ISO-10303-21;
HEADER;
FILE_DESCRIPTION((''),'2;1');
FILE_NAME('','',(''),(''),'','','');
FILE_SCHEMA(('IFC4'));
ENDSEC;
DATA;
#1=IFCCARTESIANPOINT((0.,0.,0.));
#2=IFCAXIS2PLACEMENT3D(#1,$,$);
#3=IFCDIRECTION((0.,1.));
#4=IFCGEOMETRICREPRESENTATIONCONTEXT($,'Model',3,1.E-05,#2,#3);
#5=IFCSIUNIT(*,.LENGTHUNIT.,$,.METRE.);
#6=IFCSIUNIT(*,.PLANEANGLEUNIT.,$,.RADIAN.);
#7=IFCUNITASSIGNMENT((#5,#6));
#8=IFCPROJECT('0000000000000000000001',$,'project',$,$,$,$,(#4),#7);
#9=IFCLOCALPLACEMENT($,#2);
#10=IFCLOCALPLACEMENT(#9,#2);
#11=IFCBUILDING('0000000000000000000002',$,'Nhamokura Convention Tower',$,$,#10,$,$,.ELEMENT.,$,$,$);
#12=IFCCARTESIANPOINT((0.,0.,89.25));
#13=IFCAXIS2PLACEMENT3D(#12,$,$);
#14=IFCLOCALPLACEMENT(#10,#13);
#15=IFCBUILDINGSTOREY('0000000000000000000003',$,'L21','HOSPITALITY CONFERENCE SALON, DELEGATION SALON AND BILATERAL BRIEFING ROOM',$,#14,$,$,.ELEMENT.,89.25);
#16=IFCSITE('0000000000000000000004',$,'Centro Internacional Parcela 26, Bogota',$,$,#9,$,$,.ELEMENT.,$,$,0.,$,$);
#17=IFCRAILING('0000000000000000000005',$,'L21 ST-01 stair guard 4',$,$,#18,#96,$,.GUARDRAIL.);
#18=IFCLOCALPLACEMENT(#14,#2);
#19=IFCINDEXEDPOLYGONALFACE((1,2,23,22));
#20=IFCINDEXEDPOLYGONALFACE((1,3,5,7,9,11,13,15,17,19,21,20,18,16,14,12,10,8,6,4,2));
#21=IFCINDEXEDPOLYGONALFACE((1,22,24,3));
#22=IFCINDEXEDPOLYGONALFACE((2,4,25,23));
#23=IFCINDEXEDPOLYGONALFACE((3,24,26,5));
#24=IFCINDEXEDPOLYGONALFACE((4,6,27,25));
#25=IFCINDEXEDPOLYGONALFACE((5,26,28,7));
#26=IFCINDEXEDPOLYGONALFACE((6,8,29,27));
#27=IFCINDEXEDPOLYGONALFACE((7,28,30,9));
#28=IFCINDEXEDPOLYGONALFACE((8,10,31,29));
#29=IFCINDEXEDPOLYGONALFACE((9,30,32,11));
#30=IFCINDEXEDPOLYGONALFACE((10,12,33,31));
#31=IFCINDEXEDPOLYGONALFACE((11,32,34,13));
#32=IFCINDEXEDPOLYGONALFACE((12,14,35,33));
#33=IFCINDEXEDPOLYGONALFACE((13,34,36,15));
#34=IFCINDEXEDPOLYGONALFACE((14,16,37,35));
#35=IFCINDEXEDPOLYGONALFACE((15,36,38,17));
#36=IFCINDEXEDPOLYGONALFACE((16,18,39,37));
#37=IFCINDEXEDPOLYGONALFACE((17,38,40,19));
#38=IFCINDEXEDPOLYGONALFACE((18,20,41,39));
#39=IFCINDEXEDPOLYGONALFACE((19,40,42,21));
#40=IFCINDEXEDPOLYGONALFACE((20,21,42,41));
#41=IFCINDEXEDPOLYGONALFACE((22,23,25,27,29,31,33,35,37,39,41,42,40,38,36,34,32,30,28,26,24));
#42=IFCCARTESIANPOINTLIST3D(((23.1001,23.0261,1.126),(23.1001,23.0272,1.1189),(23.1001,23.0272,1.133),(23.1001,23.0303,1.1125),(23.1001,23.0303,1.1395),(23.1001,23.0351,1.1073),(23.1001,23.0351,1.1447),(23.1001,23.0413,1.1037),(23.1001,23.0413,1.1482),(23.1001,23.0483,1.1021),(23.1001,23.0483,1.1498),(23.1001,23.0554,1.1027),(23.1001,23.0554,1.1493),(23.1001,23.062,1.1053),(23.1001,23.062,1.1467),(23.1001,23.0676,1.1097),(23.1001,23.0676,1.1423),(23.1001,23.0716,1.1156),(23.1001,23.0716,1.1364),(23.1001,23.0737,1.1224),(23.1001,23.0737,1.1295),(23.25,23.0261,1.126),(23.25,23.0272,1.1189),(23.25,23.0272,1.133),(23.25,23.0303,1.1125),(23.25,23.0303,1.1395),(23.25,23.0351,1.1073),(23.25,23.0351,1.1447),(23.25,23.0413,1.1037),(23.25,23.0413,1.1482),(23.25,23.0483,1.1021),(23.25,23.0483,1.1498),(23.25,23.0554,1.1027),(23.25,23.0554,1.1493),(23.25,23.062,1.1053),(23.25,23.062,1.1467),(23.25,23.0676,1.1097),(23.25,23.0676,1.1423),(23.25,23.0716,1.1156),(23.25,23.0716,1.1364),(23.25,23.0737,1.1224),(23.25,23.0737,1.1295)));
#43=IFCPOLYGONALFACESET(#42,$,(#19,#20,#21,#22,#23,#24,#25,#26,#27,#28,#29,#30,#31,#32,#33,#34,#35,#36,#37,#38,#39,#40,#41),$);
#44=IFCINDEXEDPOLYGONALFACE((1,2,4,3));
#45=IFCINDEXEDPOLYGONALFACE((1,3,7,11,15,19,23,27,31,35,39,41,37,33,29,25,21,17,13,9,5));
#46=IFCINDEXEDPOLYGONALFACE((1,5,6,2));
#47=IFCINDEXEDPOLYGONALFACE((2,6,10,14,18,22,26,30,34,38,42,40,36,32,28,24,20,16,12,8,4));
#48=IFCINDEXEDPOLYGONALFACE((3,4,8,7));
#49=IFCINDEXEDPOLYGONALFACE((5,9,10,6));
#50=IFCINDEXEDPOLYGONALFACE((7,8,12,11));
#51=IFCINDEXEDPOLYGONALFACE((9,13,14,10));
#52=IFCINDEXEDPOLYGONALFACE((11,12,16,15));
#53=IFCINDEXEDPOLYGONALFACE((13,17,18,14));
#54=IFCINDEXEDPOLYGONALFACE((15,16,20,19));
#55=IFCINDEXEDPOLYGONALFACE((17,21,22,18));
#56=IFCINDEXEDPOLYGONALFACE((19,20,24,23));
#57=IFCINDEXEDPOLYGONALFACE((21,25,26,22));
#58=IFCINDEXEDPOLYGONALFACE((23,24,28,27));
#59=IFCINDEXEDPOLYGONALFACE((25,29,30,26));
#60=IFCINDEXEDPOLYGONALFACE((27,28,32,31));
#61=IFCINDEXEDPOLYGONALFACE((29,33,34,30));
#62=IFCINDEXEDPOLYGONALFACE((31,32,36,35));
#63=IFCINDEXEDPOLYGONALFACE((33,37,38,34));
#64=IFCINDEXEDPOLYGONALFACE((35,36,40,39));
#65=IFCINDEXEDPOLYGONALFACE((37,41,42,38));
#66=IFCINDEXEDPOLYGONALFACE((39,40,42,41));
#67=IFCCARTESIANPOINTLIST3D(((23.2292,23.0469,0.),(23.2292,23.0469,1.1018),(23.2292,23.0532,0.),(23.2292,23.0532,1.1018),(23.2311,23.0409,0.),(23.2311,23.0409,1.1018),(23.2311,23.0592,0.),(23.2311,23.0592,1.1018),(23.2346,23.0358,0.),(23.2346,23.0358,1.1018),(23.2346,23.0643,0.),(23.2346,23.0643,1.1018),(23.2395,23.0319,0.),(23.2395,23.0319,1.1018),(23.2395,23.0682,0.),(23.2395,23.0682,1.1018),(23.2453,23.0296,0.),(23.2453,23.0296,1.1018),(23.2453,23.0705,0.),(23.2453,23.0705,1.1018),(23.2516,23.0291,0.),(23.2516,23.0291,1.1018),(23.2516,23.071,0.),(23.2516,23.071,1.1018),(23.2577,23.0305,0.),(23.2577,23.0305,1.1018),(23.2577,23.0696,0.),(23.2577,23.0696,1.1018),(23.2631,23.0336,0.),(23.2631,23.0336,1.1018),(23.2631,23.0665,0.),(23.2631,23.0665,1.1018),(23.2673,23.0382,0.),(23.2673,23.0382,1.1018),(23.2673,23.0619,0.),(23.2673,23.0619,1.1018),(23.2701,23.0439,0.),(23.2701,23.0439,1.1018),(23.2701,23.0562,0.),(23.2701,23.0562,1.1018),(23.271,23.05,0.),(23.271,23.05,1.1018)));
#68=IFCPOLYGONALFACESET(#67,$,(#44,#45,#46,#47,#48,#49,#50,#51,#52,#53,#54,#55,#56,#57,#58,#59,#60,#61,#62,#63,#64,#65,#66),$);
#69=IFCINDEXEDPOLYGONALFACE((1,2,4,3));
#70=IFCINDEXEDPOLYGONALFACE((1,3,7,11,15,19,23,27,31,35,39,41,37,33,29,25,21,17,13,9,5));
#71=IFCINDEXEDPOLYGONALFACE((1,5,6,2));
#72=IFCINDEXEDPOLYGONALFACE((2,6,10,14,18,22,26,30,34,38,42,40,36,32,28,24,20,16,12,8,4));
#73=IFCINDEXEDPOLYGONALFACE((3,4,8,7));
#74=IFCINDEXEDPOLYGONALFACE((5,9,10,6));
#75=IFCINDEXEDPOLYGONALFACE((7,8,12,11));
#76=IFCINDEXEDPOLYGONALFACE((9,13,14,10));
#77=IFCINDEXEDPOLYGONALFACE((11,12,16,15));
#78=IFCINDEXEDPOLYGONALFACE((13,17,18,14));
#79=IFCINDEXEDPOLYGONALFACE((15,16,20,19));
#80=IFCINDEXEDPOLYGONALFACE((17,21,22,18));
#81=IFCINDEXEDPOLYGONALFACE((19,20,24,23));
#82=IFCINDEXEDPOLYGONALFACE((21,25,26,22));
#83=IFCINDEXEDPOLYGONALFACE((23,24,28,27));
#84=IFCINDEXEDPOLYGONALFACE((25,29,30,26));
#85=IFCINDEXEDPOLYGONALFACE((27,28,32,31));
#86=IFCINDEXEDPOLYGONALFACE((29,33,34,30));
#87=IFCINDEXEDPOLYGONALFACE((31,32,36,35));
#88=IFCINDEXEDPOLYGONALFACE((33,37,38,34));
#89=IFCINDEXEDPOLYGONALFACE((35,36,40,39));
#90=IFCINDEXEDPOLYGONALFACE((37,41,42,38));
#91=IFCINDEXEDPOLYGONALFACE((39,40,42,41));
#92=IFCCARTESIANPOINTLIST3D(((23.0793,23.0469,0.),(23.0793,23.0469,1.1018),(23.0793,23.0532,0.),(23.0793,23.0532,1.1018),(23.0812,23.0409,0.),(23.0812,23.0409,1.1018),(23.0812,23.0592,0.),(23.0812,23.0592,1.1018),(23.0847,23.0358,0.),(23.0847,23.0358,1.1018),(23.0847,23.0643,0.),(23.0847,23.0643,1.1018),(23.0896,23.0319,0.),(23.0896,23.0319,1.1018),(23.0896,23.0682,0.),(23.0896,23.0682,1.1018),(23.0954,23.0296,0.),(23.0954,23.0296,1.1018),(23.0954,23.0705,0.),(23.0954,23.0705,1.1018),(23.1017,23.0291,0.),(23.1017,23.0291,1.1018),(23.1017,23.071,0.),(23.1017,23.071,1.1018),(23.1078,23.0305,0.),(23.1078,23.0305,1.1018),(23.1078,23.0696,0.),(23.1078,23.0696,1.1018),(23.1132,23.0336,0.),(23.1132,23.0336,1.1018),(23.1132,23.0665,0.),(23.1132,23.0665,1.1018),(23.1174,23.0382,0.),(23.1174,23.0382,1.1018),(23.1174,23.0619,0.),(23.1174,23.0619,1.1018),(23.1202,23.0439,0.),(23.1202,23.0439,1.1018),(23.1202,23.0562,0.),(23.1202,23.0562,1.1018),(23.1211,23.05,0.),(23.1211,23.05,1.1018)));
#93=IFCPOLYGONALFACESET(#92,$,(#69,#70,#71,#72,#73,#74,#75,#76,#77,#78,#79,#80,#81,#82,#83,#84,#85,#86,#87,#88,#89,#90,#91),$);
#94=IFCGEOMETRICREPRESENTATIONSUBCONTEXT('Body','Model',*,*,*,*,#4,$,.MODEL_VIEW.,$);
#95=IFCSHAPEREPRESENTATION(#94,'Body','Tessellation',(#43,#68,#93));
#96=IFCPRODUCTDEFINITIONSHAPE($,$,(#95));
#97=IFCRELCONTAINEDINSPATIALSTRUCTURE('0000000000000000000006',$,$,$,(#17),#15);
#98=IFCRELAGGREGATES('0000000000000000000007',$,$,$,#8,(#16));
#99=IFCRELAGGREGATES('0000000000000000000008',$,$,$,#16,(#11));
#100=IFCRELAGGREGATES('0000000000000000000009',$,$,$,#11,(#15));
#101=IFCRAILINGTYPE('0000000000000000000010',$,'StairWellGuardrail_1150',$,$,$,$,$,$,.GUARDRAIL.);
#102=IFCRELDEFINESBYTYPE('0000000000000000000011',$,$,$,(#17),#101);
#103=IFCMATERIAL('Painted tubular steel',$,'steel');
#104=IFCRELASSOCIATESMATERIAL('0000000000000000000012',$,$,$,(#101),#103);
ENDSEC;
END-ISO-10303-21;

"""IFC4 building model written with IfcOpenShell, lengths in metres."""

from ifc_helpers import new_model, si_unit, direction, frame, origin, origin_2d, place, context, subcontext, project, spatial, circle, extrude, material, type_object, element, save


model = new_model("IFC4")

# Units and contexts
model_context = context("Model", 3, precision=1e-05, world=origin(), true_north=direction((0.0, 1.0)))
body_context = subcontext(model_context, "Body", "Model", "MODEL_VIEW")
ifc_project = project(units=[si_unit("LENGTHUNIT", "METRE"), si_unit("PLANEANGLEUNIT", "RADIAN")], contexts=[model_context])

# Site, building, storey
site_placement = place(None, origin())
site = spatial("IfcSite", under=ifc_project, at=site_placement, Name="Centro Internacional Parcela 26, Bogota", CompositionType="ELEMENT", RefElevation=0.0)
building_placement = place(site_placement, origin())
building = spatial("IfcBuilding", under=site, at=building_placement, Name="Nhamokura Convention Tower", CompositionType="ELEMENT")
storey_placement = place(building_placement, frame((0.0, 0.0, 89.25)))
storey = spatial("IfcBuildingStorey", under=building, at=storey_placement, Name="L21", Description="HOSPITALITY CONFERENCE SALON, DELEGATION SALON AND BILATERAL BRIEFING ROOM", CompositionType="ELEMENT", Elevation=89.25)

# Railing
ifc_material_1 = material(Name="Painted tubular steel", Category="steel")
railing_type_1 = type_object("IfcRailingType", Name="StairWellGuardrail_1150", PredefinedType="GUARDRAIL", material=ifc_material_1)
railing_1_placement = place(storey_placement, frame((23.25, 23.05, 0.0)))
element("IfcRailing", 1, at=railing_1_placement, inside=storey, type_object=railing_type_1, Name="L21 ST-01 stair guard 4", PredefinedType="GUARDRAIL", context=body_context, shape_type="SweptSolid", body=[
    extrude(circle(Radius=0.0239, at=origin_2d()), frame((0.0, 0.0, 1.126), z_axis=(-1.0, 0.0, 0.0), x_axis=(0.0, -1.0, 0.0)), (0.0, 0.0, 1.0), 0.1499),
    extrude(circle(Radius=0.021, at=origin_2d()), origin(), (0.0, 0.0, 1.0), 1.1018),
    extrude(circle(Radius=0.021, at=origin_2d()), frame((-0.1499, 0.0, 0.0)), (0.0, 0.0, 1.0), 1.1018),
])

save(model, "model.ifc")
